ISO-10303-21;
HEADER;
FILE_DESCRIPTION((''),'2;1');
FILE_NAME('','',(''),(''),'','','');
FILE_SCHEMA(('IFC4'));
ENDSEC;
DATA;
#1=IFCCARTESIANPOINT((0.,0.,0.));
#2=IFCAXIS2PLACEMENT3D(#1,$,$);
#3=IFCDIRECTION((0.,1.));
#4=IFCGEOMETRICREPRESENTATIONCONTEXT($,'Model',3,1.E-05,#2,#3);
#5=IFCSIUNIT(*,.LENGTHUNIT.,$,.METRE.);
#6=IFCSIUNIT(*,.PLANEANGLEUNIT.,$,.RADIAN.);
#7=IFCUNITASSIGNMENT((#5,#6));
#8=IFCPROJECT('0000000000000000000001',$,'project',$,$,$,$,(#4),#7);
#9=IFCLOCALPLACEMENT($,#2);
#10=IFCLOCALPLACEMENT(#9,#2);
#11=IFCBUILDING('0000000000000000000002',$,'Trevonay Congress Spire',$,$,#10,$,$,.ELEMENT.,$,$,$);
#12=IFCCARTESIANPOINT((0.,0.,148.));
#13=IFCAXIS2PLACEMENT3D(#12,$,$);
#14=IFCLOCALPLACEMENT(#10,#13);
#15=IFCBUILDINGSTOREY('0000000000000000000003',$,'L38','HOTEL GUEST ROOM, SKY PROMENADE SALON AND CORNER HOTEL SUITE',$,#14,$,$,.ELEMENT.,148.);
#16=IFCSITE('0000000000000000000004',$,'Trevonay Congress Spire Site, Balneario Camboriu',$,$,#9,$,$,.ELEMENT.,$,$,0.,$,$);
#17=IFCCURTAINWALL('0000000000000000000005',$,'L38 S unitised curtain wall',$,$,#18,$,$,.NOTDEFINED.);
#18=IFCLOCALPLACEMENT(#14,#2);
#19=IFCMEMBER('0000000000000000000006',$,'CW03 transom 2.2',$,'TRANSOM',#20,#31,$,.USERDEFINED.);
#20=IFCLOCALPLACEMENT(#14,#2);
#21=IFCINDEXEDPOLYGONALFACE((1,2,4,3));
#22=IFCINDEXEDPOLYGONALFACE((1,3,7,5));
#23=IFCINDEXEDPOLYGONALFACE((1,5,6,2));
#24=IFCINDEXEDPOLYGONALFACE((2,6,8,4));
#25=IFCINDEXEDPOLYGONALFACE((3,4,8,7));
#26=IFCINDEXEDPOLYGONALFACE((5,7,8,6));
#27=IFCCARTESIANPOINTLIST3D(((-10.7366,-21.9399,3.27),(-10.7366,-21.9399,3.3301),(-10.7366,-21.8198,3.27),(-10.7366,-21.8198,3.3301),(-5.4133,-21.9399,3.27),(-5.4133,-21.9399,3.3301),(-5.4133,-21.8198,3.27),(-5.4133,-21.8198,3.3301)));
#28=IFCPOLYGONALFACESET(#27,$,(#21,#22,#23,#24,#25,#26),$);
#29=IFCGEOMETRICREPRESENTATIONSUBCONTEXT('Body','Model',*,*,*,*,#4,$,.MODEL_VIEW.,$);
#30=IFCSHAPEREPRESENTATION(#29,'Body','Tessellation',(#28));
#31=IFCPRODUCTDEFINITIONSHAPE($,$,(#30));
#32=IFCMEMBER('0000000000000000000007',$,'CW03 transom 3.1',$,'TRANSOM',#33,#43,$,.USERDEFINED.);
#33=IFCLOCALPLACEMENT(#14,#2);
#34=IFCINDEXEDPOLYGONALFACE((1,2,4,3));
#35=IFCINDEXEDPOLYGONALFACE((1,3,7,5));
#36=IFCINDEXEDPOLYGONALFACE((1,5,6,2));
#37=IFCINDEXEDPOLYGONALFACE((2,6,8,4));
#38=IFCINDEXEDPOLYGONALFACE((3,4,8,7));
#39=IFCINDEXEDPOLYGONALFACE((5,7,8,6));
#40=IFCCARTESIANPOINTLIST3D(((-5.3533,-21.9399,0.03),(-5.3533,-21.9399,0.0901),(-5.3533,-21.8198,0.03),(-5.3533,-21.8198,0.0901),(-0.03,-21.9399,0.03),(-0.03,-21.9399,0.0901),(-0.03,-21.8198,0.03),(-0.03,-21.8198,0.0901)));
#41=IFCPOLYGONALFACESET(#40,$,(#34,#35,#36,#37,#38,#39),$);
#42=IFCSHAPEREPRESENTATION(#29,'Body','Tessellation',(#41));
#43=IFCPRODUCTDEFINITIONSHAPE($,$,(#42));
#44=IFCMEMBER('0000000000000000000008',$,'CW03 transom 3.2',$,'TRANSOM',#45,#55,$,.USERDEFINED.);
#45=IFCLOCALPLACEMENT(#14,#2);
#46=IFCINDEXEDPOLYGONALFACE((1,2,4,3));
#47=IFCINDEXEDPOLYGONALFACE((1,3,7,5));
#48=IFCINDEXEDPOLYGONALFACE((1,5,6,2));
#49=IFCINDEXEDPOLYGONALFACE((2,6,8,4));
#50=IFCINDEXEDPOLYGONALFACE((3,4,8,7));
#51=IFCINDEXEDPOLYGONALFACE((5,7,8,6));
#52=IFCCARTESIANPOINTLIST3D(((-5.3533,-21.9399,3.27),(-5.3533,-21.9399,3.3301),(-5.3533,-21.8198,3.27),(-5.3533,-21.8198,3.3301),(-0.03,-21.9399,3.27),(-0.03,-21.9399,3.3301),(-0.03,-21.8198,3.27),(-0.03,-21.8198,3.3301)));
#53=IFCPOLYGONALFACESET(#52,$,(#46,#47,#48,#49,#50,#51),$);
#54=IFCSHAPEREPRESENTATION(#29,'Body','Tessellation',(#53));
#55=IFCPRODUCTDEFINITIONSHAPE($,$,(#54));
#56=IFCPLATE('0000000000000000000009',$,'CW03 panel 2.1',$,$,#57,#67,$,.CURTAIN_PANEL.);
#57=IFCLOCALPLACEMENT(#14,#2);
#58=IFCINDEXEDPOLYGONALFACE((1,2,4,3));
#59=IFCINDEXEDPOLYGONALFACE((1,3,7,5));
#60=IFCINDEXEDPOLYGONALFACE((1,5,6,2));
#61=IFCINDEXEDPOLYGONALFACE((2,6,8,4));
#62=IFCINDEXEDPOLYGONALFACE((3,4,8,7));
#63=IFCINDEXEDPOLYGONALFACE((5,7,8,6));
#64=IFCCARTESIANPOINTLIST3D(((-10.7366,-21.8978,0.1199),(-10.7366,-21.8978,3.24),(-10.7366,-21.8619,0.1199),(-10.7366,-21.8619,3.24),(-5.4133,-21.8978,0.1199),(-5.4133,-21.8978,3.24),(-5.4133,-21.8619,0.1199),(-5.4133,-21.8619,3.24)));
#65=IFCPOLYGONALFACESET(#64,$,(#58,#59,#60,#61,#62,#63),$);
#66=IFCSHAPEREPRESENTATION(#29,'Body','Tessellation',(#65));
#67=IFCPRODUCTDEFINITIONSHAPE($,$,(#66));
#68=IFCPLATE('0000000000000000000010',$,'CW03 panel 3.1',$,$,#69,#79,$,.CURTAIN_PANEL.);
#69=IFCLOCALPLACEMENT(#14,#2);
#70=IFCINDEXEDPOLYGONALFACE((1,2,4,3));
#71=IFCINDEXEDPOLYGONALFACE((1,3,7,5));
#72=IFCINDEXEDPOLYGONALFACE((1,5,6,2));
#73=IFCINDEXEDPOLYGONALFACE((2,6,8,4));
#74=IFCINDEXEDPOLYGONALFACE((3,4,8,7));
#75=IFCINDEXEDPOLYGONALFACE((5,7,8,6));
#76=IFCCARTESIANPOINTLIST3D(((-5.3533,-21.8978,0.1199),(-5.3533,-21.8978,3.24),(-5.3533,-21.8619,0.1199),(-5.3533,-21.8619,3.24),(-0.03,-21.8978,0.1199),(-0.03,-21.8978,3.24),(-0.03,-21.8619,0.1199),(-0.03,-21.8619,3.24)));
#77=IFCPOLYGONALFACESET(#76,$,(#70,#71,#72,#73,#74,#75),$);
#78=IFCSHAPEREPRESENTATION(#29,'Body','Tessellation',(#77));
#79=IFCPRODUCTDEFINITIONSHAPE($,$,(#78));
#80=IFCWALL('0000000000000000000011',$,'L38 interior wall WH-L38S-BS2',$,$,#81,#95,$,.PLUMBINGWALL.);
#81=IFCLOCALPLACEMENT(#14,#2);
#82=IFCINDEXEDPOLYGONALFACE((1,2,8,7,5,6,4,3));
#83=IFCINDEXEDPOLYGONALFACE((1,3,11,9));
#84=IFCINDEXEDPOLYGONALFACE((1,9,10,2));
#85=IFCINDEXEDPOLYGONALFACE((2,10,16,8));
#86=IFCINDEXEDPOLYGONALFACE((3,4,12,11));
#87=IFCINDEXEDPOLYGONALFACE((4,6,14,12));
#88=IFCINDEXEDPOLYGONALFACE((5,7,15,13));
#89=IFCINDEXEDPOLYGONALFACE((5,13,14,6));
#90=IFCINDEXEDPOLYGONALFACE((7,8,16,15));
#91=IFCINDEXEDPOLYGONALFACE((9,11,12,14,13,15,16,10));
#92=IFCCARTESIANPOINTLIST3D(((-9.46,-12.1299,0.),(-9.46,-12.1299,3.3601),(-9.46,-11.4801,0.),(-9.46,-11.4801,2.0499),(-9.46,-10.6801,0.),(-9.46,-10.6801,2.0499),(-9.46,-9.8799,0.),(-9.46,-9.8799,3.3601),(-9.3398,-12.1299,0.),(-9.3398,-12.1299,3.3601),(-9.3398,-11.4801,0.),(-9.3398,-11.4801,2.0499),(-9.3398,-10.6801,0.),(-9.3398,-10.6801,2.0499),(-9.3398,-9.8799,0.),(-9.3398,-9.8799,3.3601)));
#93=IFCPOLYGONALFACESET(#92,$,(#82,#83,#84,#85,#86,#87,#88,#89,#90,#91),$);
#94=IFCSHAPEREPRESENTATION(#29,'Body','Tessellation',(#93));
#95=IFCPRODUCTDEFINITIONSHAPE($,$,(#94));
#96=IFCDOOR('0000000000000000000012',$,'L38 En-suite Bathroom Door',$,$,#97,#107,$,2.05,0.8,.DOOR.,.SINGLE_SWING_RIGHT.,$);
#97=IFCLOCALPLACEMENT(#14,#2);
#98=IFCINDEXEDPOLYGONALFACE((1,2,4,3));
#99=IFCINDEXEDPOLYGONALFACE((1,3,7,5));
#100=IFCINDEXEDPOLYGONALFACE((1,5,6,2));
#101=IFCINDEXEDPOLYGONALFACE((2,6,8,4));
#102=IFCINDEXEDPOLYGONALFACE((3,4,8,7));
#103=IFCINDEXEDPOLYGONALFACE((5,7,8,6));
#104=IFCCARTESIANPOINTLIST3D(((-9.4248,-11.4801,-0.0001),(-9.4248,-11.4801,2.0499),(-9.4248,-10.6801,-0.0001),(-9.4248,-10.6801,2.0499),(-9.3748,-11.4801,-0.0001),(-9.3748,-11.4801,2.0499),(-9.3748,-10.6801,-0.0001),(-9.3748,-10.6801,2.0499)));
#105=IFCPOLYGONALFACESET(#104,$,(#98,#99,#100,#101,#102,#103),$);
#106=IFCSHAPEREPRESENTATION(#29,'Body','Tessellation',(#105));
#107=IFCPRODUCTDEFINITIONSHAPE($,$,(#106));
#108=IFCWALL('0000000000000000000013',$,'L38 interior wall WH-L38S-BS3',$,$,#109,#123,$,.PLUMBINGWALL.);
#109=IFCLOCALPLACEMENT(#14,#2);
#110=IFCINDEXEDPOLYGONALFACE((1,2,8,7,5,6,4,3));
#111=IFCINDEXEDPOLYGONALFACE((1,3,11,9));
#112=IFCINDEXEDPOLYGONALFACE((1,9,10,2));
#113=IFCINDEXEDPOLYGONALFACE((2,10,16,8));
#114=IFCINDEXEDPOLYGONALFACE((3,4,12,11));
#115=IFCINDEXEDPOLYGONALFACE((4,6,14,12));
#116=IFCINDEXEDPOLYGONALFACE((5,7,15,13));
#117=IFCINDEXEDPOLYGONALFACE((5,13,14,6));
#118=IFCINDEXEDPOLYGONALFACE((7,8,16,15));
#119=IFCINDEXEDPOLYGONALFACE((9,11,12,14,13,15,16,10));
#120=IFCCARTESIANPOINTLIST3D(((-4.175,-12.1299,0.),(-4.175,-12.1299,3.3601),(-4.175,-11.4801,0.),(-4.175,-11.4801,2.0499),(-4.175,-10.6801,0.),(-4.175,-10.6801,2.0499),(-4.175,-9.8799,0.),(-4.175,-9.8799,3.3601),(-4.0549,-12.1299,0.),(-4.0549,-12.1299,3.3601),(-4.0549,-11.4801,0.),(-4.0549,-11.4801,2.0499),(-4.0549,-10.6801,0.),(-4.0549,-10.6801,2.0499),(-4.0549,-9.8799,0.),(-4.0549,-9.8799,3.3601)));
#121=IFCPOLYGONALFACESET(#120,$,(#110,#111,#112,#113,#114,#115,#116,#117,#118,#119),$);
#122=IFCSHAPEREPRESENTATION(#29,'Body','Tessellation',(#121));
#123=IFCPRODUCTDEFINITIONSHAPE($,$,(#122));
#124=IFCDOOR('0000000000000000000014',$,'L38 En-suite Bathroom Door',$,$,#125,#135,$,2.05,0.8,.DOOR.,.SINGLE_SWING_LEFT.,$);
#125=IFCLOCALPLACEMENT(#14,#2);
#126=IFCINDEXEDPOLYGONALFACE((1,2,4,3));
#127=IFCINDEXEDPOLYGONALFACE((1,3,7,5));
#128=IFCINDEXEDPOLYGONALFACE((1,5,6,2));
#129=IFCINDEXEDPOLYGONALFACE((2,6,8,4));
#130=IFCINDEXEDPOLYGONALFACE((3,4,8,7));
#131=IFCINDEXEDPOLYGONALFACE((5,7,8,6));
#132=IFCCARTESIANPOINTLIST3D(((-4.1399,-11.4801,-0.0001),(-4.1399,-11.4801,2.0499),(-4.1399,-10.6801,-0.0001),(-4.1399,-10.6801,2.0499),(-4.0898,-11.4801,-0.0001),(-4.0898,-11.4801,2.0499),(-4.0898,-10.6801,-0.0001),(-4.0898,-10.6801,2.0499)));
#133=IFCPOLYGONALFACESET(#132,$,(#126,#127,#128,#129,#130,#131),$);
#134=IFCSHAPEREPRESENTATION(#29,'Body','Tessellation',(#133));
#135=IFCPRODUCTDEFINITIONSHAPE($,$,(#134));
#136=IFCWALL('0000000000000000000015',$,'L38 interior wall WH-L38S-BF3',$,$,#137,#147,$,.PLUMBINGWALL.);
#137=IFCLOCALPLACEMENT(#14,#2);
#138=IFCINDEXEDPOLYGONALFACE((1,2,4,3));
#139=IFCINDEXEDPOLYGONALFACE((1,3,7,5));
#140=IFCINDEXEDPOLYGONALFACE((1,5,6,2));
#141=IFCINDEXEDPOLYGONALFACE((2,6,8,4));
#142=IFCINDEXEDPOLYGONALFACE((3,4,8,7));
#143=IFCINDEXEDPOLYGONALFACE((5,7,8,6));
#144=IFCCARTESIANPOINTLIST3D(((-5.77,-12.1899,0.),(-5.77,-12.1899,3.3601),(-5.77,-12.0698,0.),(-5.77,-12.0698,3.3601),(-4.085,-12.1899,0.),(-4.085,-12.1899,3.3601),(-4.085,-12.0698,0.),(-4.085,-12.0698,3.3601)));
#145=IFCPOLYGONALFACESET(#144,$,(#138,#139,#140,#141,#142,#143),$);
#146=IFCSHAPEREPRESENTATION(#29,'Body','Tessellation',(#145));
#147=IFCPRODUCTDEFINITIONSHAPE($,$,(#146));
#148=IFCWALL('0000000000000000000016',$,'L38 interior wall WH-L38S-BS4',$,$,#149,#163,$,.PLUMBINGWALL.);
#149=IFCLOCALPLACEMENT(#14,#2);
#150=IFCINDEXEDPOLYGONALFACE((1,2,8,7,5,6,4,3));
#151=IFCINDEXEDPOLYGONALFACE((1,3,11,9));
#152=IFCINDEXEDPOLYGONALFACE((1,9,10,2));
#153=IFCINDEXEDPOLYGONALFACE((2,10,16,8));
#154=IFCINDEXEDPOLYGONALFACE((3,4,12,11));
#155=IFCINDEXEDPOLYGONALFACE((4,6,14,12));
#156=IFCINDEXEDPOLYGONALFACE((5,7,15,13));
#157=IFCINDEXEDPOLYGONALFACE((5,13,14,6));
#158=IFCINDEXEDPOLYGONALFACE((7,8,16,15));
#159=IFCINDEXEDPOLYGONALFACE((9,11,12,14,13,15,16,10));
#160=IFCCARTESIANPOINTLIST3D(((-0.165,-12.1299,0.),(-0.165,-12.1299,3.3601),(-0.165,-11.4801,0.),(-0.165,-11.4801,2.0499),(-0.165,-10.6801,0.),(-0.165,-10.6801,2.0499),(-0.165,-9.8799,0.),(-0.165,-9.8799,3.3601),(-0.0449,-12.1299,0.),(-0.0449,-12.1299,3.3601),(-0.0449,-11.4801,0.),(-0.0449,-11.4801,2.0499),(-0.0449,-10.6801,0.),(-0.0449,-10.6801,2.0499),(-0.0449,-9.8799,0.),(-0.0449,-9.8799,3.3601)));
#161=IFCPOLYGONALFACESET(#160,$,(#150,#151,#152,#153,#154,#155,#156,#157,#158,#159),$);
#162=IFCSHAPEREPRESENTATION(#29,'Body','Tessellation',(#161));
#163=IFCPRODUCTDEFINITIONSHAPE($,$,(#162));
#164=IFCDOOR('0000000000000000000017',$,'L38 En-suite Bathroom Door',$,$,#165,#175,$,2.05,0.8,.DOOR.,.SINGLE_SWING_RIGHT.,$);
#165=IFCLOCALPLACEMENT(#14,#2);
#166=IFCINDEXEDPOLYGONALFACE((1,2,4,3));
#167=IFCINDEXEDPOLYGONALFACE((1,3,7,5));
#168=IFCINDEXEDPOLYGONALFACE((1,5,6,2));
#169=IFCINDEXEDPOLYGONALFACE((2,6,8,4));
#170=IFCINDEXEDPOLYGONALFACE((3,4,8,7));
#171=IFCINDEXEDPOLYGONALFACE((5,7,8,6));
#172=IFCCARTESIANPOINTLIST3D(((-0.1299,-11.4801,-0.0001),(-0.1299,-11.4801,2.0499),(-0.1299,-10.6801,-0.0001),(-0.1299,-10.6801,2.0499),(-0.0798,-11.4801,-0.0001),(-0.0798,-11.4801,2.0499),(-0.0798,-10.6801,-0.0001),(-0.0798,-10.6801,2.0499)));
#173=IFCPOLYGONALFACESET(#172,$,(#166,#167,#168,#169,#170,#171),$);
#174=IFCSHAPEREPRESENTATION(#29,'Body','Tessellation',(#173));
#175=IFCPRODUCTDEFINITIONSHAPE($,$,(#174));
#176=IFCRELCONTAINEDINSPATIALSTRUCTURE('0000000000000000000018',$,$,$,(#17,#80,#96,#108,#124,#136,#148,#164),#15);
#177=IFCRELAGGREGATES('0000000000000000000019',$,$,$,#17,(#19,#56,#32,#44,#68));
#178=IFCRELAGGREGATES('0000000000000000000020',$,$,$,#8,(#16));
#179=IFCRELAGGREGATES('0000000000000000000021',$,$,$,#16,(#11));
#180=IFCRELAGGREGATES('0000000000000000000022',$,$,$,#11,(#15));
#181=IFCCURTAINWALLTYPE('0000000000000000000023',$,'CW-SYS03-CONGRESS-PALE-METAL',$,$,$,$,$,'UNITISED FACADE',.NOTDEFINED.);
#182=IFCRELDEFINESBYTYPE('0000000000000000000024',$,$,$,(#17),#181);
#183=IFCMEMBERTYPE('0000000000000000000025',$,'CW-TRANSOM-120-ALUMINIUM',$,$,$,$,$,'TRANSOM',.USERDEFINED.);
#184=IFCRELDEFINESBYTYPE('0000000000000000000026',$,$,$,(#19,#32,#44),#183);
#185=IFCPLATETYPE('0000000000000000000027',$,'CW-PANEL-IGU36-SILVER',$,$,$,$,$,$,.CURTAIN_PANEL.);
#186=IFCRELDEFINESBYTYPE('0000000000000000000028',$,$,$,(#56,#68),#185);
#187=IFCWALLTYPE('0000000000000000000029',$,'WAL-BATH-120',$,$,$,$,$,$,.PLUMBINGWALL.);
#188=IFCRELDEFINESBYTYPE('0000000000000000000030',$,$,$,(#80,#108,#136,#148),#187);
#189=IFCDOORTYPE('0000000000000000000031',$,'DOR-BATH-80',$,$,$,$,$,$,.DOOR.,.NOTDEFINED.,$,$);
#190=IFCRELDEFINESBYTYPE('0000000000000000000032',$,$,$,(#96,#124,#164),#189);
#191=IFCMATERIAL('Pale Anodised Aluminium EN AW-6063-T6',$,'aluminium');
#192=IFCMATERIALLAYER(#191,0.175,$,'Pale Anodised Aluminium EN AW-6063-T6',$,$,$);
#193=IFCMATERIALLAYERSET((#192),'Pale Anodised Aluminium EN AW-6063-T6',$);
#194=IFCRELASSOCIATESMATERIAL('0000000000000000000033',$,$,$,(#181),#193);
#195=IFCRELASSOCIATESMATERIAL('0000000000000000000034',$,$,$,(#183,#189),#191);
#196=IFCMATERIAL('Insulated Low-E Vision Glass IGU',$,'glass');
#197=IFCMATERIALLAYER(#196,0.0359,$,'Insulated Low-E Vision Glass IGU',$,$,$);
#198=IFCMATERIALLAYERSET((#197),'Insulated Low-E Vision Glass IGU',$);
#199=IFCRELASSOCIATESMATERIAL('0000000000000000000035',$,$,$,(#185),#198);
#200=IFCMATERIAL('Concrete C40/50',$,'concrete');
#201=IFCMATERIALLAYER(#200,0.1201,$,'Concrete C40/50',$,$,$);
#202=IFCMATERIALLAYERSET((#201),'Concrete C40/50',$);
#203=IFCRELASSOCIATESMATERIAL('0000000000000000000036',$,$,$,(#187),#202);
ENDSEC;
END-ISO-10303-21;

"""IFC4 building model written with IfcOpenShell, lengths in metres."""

from ifc_helpers import new_model, si_unit, direction, frame, frame_2d, origin, origin_2d, place, context, subcontext, project, spatial, rectangle, extrude, material, layer, layer_set, material_profile, profile_set, type_object, element, fill, aggregate, save


model = new_model("IFC4")

# Units and contexts
model_context = context("Model", 3, precision=1e-05, world=origin(), true_north=direction((0.0, 1.0)))
body_context = subcontext(model_context, "Body", "Model", "MODEL_VIEW")
ifc_project = project(units=[si_unit("LENGTHUNIT", "METRE"), si_unit("PLANEANGLEUNIT", "RADIAN")], contexts=[model_context])

# Site, building, storey
site_placement = place(None, origin())
site = spatial("IfcSite", under=ifc_project, at=site_placement, Name="Trevonay Congress Spire Site, Balneario Camboriu", CompositionType="ELEMENT", RefElevation=0.0)
building_placement = place(site_placement, origin())
building = spatial("IfcBuilding", under=site, at=building_placement, Name="Trevonay Congress Spire", CompositionType="ELEMENT")
storey_placement = place(building_placement, frame((0.0, 0.0, 148.0)))
storey = spatial("IfcBuildingStorey", under=building, at=storey_placement, Name="L38", Description="HOTEL GUEST ROOM, SKY PROMENADE SALON AND CORNER HOTEL SUITE", CompositionType="ELEMENT", Elevation=148.0)

# Curtain wall, members, plates
ifc_material_1 = material(Name="Pale Anodised Aluminium EN AW-6063-T6", Category="aluminium")
ifc_layer_1 = layer(ifc_material_1, 0.175, Name="Pale Anodised Aluminium EN AW-6063-T6")
ifc_layer_set_1 = layer_set([ifc_layer_1], Name="Pale Anodised Aluminium EN AW-6063-T6")
curtain_wall_type = type_object("IfcCurtainWallType", Name="CW-SYS03-CONGRESS-PALE-METAL", ElementType="UNITISED FACADE", PredefinedType="NOTDEFINED", material=ifc_layer_set_1)
curtain_wall_placement = place(storey_placement, origin())
curtain_wall = element("IfcCurtainWall", 1, at=curtain_wall_placement, inside=storey, type_object=curtain_wall_type, Name="L38 S unitised curtain wall", PredefinedType="NOTDEFINED")
ifc_material_profile_1 = material_profile(ifc_material_1, rectangle(XDim=0.1201, YDim=0.0601, at=origin_2d()), Name="CW-TRANSOM-120-ALUMINIUM")
ifc_profile_set_1 = profile_set([ifc_material_profile_1], Name="Pale Anodised Aluminium EN AW-6063-T6")
member_type_1 = type_object("IfcMemberType", Name="CW-TRANSOM-120-ALUMINIUM", ElementType="TRANSOM", PredefinedType="USERDEFINED", material=ifc_profile_set_1)
member_1_placement = place(storey_placement, frame((-10.7366, -21.8799, 3.3), z_axis=(1.0, 0.0, 0.0), x_axis=(0.0, 1.0, 0.0)))
member_1 = element("IfcMember", 2, at=member_1_placement, type_object=member_type_1, Name="CW03 transom 2.2", ObjectType="TRANSOM", PredefinedType="USERDEFINED", context=body_context, shape_type="SweptSolid", body=[
    extrude(rectangle(XDim=0.1201, YDim=0.0601, at=origin_2d()), origin(), (0.0, 0.0, 1.0), 5.3232),
])
member_2_placement = place(storey_placement, frame((-5.3533, -21.8799, 0.0601), z_axis=(1.0, 0.0, 0.0), x_axis=(0.0, 1.0, 0.0)))
member_2 = element("IfcMember", 3, at=member_2_placement, type_object=member_type_1, Name="CW03 transom 3.1", ObjectType="TRANSOM", PredefinedType="USERDEFINED", context=body_context, shape_type="SweptSolid", body=[
    extrude(rectangle(XDim=0.1201, YDim=0.0601, at=origin_2d()), origin(), (0.0, 0.0, 1.0), 5.3232),
])
member_3_placement = place(storey_placement, frame((-5.3533, -21.8799, 3.3), z_axis=(1.0, 0.0, 0.0), x_axis=(0.0, 1.0, 0.0)))
member_3 = element("IfcMember", 4, at=member_3_placement, type_object=member_type_1, Name="CW03 transom 3.2", ObjectType="TRANSOM", PredefinedType="USERDEFINED", context=body_context, shape_type="SweptSolid", body=[
    extrude(rectangle(XDim=0.1201, YDim=0.0601, at=origin_2d()), origin(), (0.0, 0.0, 1.0), 5.3232),
])
ifc_material_2 = material(Name="Insulated Low-E Vision Glass IGU", Category="glass")
ifc_layer_2 = layer(ifc_material_2, 0.0359, Name="Insulated Low-E Vision Glass IGU")
ifc_layer_set_2 = layer_set([ifc_layer_2], Name="Insulated Low-E Vision Glass IGU")
plate_type = type_object("IfcPlateType", Name="CW-PANEL-IGU36-SILVER", PredefinedType="CURTAIN_PANEL", material=ifc_layer_set_2)
plate_1_placement = place(storey_placement, frame((-8.075, -21.8799, 0.1199), z_axis=(0.0, 0.0, 1.0), x_axis=(1.0, 0.0, 0.0)))
plate_1 = element("IfcPlate", 5, at=plate_1_placement, type_object=plate_type, Name="CW03 panel 2.1", PredefinedType="CURTAIN_PANEL", context=body_context, shape_type="SweptSolid", body=[
    extrude(rectangle(XDim=5.3232, YDim=0.0359, at=origin_2d()), origin(), (0.0, 0.0, 1.0), 3.1201),
])
plate_2_placement = place(storey_placement, frame((-2.6917, -21.8799, 0.1199), z_axis=(0.0, 0.0, 1.0), x_axis=(1.0, 0.0, 0.0)))
plate_2 = element("IfcPlate", 6, at=plate_2_placement, type_object=plate_type, Name="CW03 panel 3.1", PredefinedType="CURTAIN_PANEL", context=body_context, shape_type="SweptSolid", body=[
    extrude(rectangle(XDim=5.3232, YDim=0.0359, at=origin_2d()), origin(), (0.0, 0.0, 1.0), 3.1201),
])
aggregate(curtain_wall, [member_1, plate_1, member_2, member_3, plate_2])

# Walls, openings, doors
ifc_material_3 = material(Name="Concrete C40/50", Category="concrete")
ifc_layer_3 = layer(ifc_material_3, 0.1201, Name="Concrete C40/50")
ifc_layer_set_3 = layer_set([ifc_layer_3], Name="Concrete C40/50")
wall_type_1 = type_object("IfcWallType", Name="WAL-BATH-120", PredefinedType="PLUMBINGWALL", material=ifc_layer_set_3)
wall_1_placement = place(storey_placement, frame((-9.3999, -12.1299, 0.0), z_axis=(0.0, 0.0, 1.0), x_axis=(0.0, 1.0, 0.0)))
wall_1 = element("IfcWall", 7, at=wall_1_placement, inside=storey, type_object=wall_type_1, Name="L38 interior wall WH-L38S-BS2", PredefinedType="PLUMBINGWALL", context=body_context, shape_type="SweptSolid", body=[
    extrude(rectangle(XDim=2.25, YDim=0.1201, at=frame_2d((1.125, 0.0))), origin(), (0.0, 0.0, 1.0), 3.3601),
])
opening_1_placement = place(wall_1_placement, frame((0.6499, 0.0, 0.0)))
opening_1 = element("IfcOpeningElement", 8, at=opening_1_placement, cuts=wall_1, PredefinedType="OPENING", context=body_context, shape_type="SweptSolid", body=[
    extrude(rectangle(XDim=0.8, YDim=2.05, at=frame_2d((0.3999, 1.0249))), frame((0.0, 0.0701, 0.0), z_axis=(0.0, -1.0, 0.0), x_axis=(1.0, 0.0, 0.0)), (0.0, 0.0, 1.0), 0.1401),
])
door_type = type_object("IfcDoorType", Name="DOR-BATH-80", OperationType="NOTDEFINED", PredefinedType="DOOR", material=ifc_material_1)
door_1_placement = place(opening_1_placement, origin())
door_1 = element("IfcDoor", 9, at=door_1_placement, inside=storey, type_object=door_type, Name="L38 En-suite Bathroom Door", OperationType="SINGLE_SWING_RIGHT", OverallHeight=2.05, OverallWidth=0.8, PredefinedType="DOOR", context=body_context, shape_type="SweptSolid", body=[
    extrude(rectangle(XDim=0.8, YDim=2.05, at=frame_2d((0.3999, 1.0249))), frame((0.0, 0.0249, 0.0), z_axis=(0.0, -1.0, 0.0), x_axis=(1.0, 0.0, 0.0)), (0.0, 0.0, 1.0), 0.05),
])
fill(opening_1, door_1)
wall_2_placement = place(storey_placement, frame((-4.115, -12.1299, 0.0), z_axis=(0.0, 0.0, 1.0), x_axis=(0.0, 1.0, 0.0)))
wall_2 = element("IfcWall", 10, at=wall_2_placement, inside=storey, type_object=wall_type_1, Name="L38 interior wall WH-L38S-BS3", PredefinedType="PLUMBINGWALL", context=body_context, shape_type="SweptSolid", body=[
    extrude(rectangle(XDim=2.25, YDim=0.1201, at=frame_2d((1.125, 0.0))), origin(), (0.0, 0.0, 1.0), 3.3601),
])
opening_2_placement = place(wall_2_placement, frame((0.6499, 0.0, 0.0)))
opening_2 = element("IfcOpeningElement", 11, at=opening_2_placement, cuts=wall_2, PredefinedType="OPENING", context=body_context, shape_type="SweptSolid", body=[
    extrude(rectangle(XDim=0.8, YDim=2.05, at=frame_2d((0.3999, 1.0249))), frame((0.0, 0.0701, 0.0), z_axis=(0.0, -1.0, 0.0), x_axis=(1.0, 0.0, 0.0)), (0.0, 0.0, 1.0), 0.1401),
])
door_2_placement = place(opening_2_placement, origin())
door_2 = element("IfcDoor", 12, at=door_2_placement, inside=storey, type_object=door_type, Name="L38 En-suite Bathroom Door", OperationType="SINGLE_SWING_LEFT", OverallHeight=2.05, OverallWidth=0.8, PredefinedType="DOOR", context=body_context, shape_type="SweptSolid", body=[
    extrude(rectangle(XDim=0.8, YDim=2.05, at=frame_2d((0.3999, 1.0249))), frame((0.0, 0.0249, 0.0), z_axis=(0.0, -1.0, 0.0), x_axis=(1.0, 0.0, 0.0)), (0.0, 0.0, 1.0), 0.05),
])
fill(opening_2, door_2)

# Wall
wall_3_placement = place(storey_placement, frame((-5.77, -12.1299, 0.0), z_axis=(0.0, 0.0, 1.0), x_axis=(1.0, 0.0, 0.0)))
element("IfcWall", 13, at=wall_3_placement, inside=storey, type_object=wall_type_1, Name="L38 interior wall WH-L38S-BF3", PredefinedType="PLUMBINGWALL", context=body_context, shape_type="SweptSolid", body=[
    extrude(rectangle(XDim=1.6851, YDim=0.1201, at=frame_2d((0.8425, 0.0))), origin(), (0.0, 0.0, 1.0), 3.3601),
])

# Wall, opening, door
wall_4_placement = place(storey_placement, frame((-0.105, -12.1299, 0.0), z_axis=(0.0, 0.0, 1.0), x_axis=(0.0, 1.0, 0.0)))
wall_4 = element("IfcWall", 14, at=wall_4_placement, inside=storey, type_object=wall_type_1, Name="L38 interior wall WH-L38S-BS4", PredefinedType="PLUMBINGWALL", context=body_context, shape_type="SweptSolid", body=[
    extrude(rectangle(XDim=2.25, YDim=0.1201, at=frame_2d((1.125, 0.0))), origin(), (0.0, 0.0, 1.0), 3.3601),
])
opening_3_placement = place(wall_4_placement, frame((0.6499, 0.0, 0.0)))
opening_3 = element("IfcOpeningElement", 15, at=opening_3_placement, cuts=wall_4, PredefinedType="OPENING", context=body_context, shape_type="SweptSolid", body=[
    extrude(rectangle(XDim=0.8, YDim=2.05, at=frame_2d((0.3999, 1.0249))), frame((0.0, 0.0701, 0.0), z_axis=(0.0, -1.0, 0.0), x_axis=(1.0, 0.0, 0.0)), (0.0, 0.0, 1.0), 0.1401),
])
door_3_placement = place(opening_3_placement, origin())
door_3 = element("IfcDoor", 16, at=door_3_placement, inside=storey, type_object=door_type, Name="L38 En-suite Bathroom Door", OperationType="SINGLE_SWING_RIGHT", OverallHeight=2.05, OverallWidth=0.8, PredefinedType="DOOR", context=body_context, shape_type="SweptSolid", body=[
    extrude(rectangle(XDim=0.8, YDim=2.05, at=frame_2d((0.3999, 1.0249))), frame((0.0, 0.0249, 0.0), z_axis=(0.0, -1.0, 0.0), x_axis=(1.0, 0.0, 0.0)), (0.0, 0.0, 1.0), 0.05),
])
fill(opening_3, door_3)

save(model, "model.ifc")
